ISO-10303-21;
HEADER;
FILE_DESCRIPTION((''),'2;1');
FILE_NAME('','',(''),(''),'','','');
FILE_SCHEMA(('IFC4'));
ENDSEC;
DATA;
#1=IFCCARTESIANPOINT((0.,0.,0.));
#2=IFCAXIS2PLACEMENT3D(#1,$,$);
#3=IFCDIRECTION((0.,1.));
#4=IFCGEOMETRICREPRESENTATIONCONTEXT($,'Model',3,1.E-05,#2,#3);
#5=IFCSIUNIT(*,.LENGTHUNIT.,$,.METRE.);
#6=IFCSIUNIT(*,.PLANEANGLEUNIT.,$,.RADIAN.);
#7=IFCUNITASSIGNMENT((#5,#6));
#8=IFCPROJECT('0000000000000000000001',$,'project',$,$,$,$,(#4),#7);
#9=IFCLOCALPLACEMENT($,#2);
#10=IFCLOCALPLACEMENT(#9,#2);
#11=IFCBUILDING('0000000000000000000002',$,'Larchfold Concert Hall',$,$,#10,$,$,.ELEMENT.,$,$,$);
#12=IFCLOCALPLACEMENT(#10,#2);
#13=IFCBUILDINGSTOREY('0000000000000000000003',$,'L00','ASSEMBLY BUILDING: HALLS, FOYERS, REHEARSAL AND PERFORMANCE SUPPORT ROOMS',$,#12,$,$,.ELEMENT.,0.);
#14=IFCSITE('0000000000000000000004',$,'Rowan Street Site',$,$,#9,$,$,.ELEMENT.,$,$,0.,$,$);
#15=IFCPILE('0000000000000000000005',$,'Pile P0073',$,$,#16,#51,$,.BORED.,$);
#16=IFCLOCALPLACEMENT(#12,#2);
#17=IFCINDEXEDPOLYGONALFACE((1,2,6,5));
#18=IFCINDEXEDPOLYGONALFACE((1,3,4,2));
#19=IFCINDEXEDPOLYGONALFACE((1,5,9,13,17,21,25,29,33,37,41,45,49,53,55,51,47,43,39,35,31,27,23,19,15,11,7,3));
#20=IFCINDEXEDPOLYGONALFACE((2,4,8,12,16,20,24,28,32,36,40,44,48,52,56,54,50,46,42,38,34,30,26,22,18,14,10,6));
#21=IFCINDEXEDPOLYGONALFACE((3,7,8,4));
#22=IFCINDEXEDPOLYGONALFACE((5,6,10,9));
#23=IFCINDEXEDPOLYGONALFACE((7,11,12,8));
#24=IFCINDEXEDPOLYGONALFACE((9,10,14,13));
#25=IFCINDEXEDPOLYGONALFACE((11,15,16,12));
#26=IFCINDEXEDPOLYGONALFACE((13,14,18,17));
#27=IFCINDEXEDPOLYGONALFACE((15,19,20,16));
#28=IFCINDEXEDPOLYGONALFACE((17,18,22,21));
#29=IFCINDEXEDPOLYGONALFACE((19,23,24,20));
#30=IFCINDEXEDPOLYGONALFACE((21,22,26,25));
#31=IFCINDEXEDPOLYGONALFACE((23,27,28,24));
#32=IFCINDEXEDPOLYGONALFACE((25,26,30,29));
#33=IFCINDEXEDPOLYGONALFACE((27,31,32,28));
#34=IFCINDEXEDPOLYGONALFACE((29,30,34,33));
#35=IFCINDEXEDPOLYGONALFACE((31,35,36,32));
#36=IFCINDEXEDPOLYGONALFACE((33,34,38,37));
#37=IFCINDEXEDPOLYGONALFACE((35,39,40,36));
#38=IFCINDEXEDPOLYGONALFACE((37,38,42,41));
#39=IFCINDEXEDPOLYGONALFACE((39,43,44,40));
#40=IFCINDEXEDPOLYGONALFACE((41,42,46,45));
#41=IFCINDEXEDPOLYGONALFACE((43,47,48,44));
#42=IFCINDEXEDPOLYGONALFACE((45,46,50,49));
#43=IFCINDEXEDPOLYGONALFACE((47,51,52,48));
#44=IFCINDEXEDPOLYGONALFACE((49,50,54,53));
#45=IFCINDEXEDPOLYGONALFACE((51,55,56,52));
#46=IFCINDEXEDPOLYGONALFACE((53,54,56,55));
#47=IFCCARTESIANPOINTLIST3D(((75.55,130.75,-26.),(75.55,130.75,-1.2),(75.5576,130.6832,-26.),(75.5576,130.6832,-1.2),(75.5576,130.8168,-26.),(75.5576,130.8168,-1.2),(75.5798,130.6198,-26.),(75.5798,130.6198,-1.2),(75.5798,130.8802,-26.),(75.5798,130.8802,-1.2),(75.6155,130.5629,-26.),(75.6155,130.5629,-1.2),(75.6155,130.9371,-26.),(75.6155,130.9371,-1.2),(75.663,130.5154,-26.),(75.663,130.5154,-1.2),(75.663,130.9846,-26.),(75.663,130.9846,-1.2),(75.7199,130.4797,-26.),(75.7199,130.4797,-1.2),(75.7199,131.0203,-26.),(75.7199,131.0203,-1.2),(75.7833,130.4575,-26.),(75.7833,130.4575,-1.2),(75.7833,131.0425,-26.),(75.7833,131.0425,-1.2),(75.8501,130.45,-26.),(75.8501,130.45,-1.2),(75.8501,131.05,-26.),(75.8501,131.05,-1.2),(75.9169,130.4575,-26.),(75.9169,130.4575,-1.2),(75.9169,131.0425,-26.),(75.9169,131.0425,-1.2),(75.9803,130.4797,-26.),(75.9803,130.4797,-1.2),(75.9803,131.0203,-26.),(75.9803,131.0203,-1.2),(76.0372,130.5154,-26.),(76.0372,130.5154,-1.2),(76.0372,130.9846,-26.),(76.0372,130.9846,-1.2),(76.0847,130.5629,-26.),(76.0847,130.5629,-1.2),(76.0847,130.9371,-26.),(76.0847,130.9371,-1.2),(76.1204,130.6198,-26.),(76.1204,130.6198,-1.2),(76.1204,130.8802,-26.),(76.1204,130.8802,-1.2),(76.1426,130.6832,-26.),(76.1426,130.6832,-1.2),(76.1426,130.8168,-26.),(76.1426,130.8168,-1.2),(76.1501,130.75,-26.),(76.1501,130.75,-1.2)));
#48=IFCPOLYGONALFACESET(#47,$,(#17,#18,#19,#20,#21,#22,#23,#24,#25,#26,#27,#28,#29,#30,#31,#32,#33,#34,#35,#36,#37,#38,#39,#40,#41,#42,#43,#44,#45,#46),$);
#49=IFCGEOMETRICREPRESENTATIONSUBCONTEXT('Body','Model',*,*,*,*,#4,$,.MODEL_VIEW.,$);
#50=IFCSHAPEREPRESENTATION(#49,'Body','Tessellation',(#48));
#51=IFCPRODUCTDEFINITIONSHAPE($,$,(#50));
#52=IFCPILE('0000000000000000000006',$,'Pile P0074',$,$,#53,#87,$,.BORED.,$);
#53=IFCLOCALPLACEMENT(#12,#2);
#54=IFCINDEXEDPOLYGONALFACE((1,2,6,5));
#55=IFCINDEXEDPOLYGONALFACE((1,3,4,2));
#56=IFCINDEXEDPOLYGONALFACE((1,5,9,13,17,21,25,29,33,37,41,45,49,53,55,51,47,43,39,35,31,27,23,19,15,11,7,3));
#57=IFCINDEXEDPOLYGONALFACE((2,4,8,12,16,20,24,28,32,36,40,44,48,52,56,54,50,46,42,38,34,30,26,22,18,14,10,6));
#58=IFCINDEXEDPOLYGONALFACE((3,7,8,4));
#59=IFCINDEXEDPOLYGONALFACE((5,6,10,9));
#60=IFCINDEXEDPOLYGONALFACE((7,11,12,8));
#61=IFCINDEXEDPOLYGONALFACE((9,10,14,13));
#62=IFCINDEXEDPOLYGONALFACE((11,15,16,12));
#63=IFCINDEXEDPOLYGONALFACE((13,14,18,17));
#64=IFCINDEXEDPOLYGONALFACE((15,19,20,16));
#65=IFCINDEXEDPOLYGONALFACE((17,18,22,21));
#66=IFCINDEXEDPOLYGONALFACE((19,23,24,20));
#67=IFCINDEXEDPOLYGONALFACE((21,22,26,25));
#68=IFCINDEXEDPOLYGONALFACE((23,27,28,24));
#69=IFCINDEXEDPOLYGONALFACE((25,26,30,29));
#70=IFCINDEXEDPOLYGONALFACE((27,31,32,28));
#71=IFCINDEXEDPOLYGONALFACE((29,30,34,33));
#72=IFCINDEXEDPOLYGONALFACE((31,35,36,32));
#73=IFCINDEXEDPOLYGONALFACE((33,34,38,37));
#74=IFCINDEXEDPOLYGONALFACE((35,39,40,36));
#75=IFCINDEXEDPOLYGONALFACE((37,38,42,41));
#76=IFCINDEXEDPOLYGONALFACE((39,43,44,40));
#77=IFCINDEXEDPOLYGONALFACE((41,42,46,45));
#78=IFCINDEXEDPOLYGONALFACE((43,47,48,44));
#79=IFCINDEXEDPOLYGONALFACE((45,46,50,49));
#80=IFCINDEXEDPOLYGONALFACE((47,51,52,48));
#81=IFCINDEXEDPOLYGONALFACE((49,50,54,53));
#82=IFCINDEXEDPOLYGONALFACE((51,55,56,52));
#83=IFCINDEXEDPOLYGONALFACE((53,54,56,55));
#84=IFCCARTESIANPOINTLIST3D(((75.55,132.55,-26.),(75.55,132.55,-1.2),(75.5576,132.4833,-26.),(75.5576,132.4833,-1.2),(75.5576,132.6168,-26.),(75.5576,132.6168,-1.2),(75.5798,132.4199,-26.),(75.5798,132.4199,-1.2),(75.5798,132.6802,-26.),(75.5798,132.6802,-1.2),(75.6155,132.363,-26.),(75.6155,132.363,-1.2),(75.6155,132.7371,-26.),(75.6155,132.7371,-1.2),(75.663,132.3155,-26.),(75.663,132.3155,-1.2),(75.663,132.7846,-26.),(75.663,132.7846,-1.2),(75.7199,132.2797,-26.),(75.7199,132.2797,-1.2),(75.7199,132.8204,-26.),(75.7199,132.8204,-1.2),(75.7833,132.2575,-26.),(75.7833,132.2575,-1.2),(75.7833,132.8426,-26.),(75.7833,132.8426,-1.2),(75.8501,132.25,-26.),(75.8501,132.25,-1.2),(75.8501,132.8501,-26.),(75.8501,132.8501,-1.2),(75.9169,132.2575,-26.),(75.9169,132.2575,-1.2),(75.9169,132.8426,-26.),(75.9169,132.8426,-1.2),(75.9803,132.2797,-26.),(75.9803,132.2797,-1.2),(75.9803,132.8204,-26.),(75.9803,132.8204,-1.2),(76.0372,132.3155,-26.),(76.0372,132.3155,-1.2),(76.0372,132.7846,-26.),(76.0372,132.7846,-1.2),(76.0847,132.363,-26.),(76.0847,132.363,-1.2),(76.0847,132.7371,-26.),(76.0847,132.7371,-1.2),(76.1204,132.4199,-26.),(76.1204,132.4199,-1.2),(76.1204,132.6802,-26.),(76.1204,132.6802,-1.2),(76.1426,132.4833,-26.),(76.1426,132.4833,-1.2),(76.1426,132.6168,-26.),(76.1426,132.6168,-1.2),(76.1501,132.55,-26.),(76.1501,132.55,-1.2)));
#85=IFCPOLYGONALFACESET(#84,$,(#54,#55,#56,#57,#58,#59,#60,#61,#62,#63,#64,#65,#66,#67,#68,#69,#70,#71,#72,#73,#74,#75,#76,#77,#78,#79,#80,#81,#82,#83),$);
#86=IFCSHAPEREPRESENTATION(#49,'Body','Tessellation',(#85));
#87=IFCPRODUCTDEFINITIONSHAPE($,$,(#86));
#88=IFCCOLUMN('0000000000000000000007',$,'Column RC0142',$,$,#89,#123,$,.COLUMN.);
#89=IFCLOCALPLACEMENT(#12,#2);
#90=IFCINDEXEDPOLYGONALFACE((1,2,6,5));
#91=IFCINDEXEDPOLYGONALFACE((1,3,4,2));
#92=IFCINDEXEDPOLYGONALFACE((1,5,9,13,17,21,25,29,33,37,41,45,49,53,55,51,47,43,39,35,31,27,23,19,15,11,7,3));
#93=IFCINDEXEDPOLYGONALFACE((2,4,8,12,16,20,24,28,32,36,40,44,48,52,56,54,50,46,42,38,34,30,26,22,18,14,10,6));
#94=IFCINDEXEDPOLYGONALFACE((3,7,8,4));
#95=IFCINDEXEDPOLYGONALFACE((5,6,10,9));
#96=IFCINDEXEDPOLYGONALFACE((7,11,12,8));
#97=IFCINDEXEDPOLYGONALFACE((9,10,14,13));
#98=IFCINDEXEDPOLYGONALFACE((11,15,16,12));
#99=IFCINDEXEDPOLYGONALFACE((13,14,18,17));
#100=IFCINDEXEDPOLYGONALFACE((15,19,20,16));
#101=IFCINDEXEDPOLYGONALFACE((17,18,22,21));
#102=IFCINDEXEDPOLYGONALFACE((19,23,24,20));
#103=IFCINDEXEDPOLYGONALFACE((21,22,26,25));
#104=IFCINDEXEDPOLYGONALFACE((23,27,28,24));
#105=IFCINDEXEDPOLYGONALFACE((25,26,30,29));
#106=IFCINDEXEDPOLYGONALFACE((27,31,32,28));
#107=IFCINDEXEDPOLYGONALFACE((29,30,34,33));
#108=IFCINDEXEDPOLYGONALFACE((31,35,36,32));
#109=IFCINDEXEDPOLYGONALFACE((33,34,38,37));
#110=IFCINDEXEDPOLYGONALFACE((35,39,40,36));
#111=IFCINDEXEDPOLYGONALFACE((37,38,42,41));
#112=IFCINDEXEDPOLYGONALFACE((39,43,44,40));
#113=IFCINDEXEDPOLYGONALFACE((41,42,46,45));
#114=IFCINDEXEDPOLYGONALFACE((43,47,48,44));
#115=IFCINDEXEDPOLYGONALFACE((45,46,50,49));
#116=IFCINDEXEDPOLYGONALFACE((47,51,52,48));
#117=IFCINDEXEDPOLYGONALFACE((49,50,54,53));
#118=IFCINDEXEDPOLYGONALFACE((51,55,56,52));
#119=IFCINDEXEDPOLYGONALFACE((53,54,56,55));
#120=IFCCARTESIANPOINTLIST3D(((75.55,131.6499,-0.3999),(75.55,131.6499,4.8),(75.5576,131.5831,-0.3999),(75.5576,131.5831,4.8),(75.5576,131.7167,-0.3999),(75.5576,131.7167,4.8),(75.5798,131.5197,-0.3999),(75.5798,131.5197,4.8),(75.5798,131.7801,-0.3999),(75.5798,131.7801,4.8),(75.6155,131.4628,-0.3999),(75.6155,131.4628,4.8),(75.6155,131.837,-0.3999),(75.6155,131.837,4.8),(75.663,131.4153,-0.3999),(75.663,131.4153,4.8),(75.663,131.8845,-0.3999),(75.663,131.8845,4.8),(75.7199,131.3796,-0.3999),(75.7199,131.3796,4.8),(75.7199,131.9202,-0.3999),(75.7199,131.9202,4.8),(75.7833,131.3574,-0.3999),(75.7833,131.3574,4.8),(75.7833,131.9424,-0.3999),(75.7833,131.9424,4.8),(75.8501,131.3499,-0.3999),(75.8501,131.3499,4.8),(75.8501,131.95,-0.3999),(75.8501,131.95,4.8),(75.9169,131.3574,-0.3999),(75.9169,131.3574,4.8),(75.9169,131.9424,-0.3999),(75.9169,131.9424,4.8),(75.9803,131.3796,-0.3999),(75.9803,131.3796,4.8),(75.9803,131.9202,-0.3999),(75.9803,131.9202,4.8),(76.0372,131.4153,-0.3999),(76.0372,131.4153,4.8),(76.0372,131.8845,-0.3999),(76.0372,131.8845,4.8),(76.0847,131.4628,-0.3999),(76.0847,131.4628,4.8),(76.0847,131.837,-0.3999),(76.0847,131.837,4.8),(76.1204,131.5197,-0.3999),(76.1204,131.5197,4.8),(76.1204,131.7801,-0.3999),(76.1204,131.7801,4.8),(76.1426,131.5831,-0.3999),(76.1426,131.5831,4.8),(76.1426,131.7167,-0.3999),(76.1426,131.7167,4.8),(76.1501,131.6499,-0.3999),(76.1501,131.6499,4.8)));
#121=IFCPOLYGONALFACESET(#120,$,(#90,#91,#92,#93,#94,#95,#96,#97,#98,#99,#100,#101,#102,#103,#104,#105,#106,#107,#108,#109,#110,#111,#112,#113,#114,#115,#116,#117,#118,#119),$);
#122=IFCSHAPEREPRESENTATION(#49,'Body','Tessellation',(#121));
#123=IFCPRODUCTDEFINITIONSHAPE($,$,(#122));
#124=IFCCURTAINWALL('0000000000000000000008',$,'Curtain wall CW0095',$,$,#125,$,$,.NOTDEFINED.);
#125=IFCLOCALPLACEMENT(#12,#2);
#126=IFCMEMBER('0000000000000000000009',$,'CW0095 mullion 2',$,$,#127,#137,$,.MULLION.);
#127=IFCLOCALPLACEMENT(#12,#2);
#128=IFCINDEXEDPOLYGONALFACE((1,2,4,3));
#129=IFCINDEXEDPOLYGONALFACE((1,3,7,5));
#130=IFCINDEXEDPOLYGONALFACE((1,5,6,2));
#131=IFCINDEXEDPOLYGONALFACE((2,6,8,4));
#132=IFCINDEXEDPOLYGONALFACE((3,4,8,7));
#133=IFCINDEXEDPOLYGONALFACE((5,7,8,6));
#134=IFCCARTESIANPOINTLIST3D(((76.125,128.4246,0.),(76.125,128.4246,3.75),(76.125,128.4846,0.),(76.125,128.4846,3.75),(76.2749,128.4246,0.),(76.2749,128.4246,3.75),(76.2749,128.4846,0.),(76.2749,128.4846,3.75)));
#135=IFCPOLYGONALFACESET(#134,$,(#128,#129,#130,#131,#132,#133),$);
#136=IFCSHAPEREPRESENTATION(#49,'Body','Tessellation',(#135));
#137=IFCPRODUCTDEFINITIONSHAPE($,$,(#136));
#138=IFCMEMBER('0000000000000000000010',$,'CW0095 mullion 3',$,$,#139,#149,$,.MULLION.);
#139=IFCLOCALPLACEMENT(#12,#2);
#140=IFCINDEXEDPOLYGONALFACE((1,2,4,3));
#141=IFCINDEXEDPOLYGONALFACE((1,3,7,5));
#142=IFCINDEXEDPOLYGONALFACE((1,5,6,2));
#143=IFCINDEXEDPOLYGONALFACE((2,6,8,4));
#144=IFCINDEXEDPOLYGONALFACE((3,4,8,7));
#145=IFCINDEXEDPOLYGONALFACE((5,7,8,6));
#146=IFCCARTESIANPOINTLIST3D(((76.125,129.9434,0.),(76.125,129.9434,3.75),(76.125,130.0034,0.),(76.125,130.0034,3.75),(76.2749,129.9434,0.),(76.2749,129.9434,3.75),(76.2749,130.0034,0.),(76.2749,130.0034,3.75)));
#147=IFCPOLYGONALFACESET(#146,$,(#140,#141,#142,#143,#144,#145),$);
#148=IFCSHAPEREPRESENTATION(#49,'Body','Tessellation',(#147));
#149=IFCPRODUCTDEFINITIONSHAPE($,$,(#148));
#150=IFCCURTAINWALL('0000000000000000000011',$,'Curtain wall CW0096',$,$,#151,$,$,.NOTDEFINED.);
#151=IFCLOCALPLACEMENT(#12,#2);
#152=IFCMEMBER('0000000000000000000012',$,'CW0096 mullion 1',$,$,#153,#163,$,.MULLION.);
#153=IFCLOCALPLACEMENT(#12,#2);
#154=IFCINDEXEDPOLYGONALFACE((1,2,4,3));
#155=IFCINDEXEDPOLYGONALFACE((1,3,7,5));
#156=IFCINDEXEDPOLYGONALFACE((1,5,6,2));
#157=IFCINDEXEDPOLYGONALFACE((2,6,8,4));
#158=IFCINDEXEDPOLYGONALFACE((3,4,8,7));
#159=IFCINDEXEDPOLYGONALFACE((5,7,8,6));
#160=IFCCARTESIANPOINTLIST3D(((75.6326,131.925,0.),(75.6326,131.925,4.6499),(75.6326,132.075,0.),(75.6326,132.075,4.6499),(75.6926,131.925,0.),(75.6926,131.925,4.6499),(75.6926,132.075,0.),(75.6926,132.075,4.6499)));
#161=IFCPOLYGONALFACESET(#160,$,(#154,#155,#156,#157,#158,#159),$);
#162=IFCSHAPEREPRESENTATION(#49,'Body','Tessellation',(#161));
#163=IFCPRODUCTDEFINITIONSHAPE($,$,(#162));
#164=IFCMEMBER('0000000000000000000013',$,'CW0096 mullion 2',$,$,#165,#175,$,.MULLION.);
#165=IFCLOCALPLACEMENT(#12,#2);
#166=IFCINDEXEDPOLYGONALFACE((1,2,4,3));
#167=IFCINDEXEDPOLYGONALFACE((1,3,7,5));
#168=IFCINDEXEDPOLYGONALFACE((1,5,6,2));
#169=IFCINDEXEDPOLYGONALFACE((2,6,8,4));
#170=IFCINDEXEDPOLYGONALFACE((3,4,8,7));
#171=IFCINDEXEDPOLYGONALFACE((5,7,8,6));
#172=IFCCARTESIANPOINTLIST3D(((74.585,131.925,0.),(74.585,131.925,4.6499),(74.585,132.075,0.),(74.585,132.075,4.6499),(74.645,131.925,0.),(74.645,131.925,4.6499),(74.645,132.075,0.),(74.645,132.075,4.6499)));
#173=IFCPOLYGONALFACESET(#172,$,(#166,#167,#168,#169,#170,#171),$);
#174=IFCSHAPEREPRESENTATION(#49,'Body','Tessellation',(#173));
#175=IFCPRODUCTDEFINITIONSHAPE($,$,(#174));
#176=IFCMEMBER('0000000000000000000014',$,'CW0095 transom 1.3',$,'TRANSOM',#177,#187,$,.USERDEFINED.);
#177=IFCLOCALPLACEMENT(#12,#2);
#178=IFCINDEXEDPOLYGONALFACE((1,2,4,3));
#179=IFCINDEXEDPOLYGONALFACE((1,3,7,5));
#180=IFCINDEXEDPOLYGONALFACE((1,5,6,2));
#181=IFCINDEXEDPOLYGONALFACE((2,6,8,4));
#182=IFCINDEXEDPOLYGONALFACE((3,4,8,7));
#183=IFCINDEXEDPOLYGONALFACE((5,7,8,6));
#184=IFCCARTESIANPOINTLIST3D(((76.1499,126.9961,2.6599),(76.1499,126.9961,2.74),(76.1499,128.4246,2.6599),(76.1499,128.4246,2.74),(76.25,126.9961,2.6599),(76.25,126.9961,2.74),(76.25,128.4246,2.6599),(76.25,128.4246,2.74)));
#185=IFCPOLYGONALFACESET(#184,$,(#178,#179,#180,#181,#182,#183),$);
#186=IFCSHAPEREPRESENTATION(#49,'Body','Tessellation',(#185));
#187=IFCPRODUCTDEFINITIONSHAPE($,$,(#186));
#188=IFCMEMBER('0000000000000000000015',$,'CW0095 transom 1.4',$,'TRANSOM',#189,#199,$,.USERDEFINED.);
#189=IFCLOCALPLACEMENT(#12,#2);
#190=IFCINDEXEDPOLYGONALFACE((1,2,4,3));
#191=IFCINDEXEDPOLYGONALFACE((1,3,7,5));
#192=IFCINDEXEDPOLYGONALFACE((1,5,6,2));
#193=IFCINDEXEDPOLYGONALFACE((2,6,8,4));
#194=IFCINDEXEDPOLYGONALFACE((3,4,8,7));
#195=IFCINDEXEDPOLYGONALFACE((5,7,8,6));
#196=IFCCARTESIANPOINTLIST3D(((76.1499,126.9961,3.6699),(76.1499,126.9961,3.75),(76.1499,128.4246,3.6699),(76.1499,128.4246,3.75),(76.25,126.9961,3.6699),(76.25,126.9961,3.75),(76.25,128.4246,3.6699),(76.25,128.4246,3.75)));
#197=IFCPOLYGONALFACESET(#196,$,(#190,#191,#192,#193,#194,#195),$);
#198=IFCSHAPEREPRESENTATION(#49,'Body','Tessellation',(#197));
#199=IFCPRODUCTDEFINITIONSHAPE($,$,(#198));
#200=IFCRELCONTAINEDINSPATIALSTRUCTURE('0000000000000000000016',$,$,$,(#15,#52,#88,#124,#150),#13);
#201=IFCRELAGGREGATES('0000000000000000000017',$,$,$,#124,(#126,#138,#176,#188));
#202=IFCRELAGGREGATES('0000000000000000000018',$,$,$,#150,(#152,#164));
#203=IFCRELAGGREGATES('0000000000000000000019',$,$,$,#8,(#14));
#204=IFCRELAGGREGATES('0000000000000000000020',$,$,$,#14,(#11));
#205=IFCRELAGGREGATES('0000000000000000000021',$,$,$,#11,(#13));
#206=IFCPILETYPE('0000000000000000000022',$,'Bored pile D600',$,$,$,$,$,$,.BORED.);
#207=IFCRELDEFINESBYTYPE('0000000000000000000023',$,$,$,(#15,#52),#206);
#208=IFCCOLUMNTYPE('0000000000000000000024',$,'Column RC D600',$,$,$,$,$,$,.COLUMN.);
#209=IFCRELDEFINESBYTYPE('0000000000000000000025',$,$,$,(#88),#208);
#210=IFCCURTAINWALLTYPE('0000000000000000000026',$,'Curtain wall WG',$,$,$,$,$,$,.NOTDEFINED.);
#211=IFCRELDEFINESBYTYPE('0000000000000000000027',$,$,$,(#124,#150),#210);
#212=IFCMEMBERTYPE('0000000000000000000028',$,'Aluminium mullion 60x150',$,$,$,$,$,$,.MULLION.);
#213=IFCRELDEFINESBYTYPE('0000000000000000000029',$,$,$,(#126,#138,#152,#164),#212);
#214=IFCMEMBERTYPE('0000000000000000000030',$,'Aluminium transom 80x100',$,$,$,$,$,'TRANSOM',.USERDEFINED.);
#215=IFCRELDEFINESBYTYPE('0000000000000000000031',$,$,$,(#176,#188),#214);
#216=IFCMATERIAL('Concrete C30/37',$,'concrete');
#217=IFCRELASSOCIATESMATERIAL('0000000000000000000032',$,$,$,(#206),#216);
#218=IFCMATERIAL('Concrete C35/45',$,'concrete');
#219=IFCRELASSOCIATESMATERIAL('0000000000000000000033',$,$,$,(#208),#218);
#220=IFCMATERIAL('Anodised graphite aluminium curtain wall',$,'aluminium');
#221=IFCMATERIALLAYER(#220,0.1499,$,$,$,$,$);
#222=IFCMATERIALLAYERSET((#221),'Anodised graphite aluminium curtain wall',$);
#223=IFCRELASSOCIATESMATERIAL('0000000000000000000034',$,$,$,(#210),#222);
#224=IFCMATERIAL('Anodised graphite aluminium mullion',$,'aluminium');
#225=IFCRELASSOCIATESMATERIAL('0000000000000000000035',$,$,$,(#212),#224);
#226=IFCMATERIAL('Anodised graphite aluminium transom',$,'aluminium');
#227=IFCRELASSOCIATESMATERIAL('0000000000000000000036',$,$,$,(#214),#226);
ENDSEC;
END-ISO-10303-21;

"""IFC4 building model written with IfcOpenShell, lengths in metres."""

from ifc_helpers import new_model, si_unit, direction, frame, origin, origin_2d, place, context, subcontext, project, spatial, rectangle, circle, extrude, material, layer, layer_set, material_profile, profile_set, type_object, element, aggregate, save


model = new_model("IFC4")

# Units and contexts
model_context = context("Model", 3, precision=1e-05, world=origin(), true_north=direction((0.0, 1.0)))
body_context = subcontext(model_context, "Body", "Model", "MODEL_VIEW")
ifc_project = project(units=[si_unit("LENGTHUNIT", "METRE"), si_unit("PLANEANGLEUNIT", "RADIAN")], contexts=[model_context])

# Site, building, storey
site_placement = place(None, origin())
site = spatial("IfcSite", under=ifc_project, at=site_placement, Name="Rowan Street Site", CompositionType="ELEMENT", RefElevation=0.0)
building_placement = place(site_placement, origin())
building = spatial("IfcBuilding", under=site, at=building_placement, Name="Larchfold Concert Hall", CompositionType="ELEMENT")
storey_placement = place(building_placement, origin())
storey = spatial("IfcBuildingStorey", under=building, at=storey_placement, Name="L00", Description="ASSEMBLY BUILDING: HALLS, FOYERS, REHEARSAL AND PERFORMANCE SUPPORT ROOMS", CompositionType="ELEMENT", Elevation=0.0)

# Piles
ifc_material_1 = material(Name="Concrete C30/37", Category="concrete")
ifc_material_profile_1 = material_profile(ifc_material_1, circle(Radius=0.3, at=origin_2d()))
ifc_profile_set_1 = profile_set([ifc_material_profile_1], Name="Concrete C30/37")
pile_type = type_object("IfcPileType", Name="Bored pile D600", PredefinedType="BORED", material=ifc_profile_set_1)
for number, where, z_axis, x_axis, name in (
    (1, (75.8501, 130.75, -1.2), (0.0, 0.0, -1.0), (1.0, 0.0, 0.0), "Pile P0073"),
    (2, (75.8501, 132.55, -1.2), (0.0, 0.0, -1.0), (1.0, 0.0, 0.0), "Pile P0074"),
):
    element("IfcPile", number, at=place(storey_placement, frame(where, z_axis=z_axis, x_axis=x_axis)), inside=storey, type_object=pile_type, Name=name, PredefinedType="BORED", context=body_context, shape_type="SweptSolid", body=[
        extrude(circle(Radius=0.3, at=origin_2d()), origin(), (0.0, 0.0, 1.0), 24.8),
    ])

# Column
ifc_material_2 = material(Name="Concrete C35/45", Category="concrete")
ifc_material_profile_2 = material_profile(ifc_material_2, circle(Radius=0.3, at=origin_2d()))
ifc_profile_set_2 = profile_set([ifc_material_profile_2], Name="Concrete C35/45")
column_type = type_object("IfcColumnType", Name="Column RC D600", PredefinedType="COLUMN", material=ifc_profile_set_2)
column_placement = place(storey_placement, frame((75.8501, 131.6499, -0.3999), z_axis=(0.0, 0.0, 1.0), x_axis=(1.0, 0.0, 0.0)))
element("IfcColumn", 3, at=column_placement, inside=storey, type_object=column_type, Name="Column RC0142", PredefinedType="COLUMN", context=body_context, shape_type="SweptSolid", body=[
    extrude(circle(Radius=0.3, at=origin_2d()), origin(), (0.0, 0.0, 1.0), 5.2),
])

# Curtain walls, members
ifc_material_3 = material(Name="Anodised graphite aluminium curtain wall", Category="aluminium")
ifc_layer_1 = layer(ifc_material_3, 0.1499)
ifc_layer_set_1 = layer_set([ifc_layer_1], Name="Anodised graphite aluminium curtain wall")
curtain_wall_type = type_object("IfcCurtainWallType", Name="Curtain wall WG", PredefinedType="NOTDEFINED", material=ifc_layer_set_1)
curtain_wall_1_placement = place(storey_placement, origin())
curtain_wall_1 = element("IfcCurtainWall", 4, at=curtain_wall_1_placement, inside=storey, type_object=curtain_wall_type, Name="Curtain wall CW0095", PredefinedType="NOTDEFINED")
ifc_material_4 = material(Name="Anodised graphite aluminium mullion", Category="aluminium")
ifc_material_profile_3 = material_profile(ifc_material_4, rectangle(XDim=0.1499, YDim=0.0601, at=origin_2d()))
ifc_profile_set_3 = profile_set([ifc_material_profile_3], Name="Anodised graphite aluminium mullion")
member_type_1 = type_object("IfcMemberType", Name="Aluminium mullion 60x150", PredefinedType="MULLION", material=ifc_profile_set_3)
member_1_placement = place(storey_placement, frame((76.2, 128.4546, 0.0), z_axis=(0.0, 0.0, 1.0), x_axis=(-1.0, 0.0, 0.0)))
member_1 = element("IfcMember", 5, at=member_1_placement, type_object=member_type_1, Name="CW0095 mullion 2", PredefinedType="MULLION", context=body_context, shape_type="SweptSolid", body=[
    extrude(rectangle(XDim=0.1499, YDim=0.0601, at=origin_2d()), origin(), (0.0, 0.0, 1.0), 3.75),
])
member_2_placement = place(storey_placement, frame((76.2, 129.9734, 0.0), z_axis=(0.0, 0.0, 1.0), x_axis=(-1.0, 0.0, 0.0)))
member_2 = element("IfcMember", 6, at=member_2_placement, type_object=member_type_1, Name="CW0095 mullion 3", PredefinedType="MULLION", context=body_context, shape_type="SweptSolid", body=[
    extrude(rectangle(XDim=0.1499, YDim=0.0601, at=origin_2d()), origin(), (0.0, 0.0, 1.0), 3.75),
])
curtain_wall_2_placement = place(storey_placement, origin())
curtain_wall_2 = element("IfcCurtainWall", 7, at=curtain_wall_2_placement, inside=storey, type_object=curtain_wall_type, Name="Curtain wall CW0096", PredefinedType="NOTDEFINED")
member_3_placement = place(storey_placement, frame((75.6626, 132.0, 0.0), z_axis=(0.0, 0.0, 1.0), x_axis=(0.0, -1.0, 0.0)))
member_3 = element("IfcMember", 8, at=member_3_placement, type_object=member_type_1, Name="CW0096 mullion 1", PredefinedType="MULLION", context=body_context, shape_type="SweptSolid", body=[
    extrude(rectangle(XDim=0.1499, YDim=0.0601, at=origin_2d()), origin(), (0.0, 0.0, 1.0), 4.6499),
])
member_4_placement = place(storey_placement, frame((74.615, 132.0, 0.0), z_axis=(0.0, 0.0, 1.0), x_axis=(0.0, -1.0, 0.0)))
member_4 = element("IfcMember", 9, at=member_4_placement, type_object=member_type_1, Name="CW0096 mullion 2", PredefinedType="MULLION", context=body_context, shape_type="SweptSolid", body=[
    extrude(rectangle(XDim=0.1499, YDim=0.0601, at=origin_2d()), origin(), (0.0, 0.0, 1.0), 4.6499),
])

# Members
ifc_material_5 = material(Name="Anodised graphite aluminium transom", Category="aluminium")
ifc_material_profile_4 = material_profile(ifc_material_5, rectangle(XDim=0.1001, YDim=0.0801, at=origin_2d()))
ifc_profile_set_4 = profile_set([ifc_material_profile_4], Name="Anodised graphite aluminium transom")
member_type_2 = type_object("IfcMemberType", Name="Aluminium transom 80x100", ElementType="TRANSOM", PredefinedType="USERDEFINED", material=ifc_profile_set_4)
member_5_placement = place(storey_placement, frame((76.2, 126.9961, 2.7), z_axis=(0.0, 1.0, 0.0), x_axis=(-1.0, 0.0, 0.0)))
member_5 = element("IfcMember", 10, at=member_5_placement, type_object=member_type_2, Name="CW0095 transom 1.3", ObjectType="TRANSOM", PredefinedType="USERDEFINED", context=body_context, shape_type="SweptSolid", body=[
    extrude(rectangle(XDim=0.1001, YDim=0.0801, at=origin_2d()), origin(), (0.0, 0.0, 1.0), 1.4285),
])
member_6_placement = place(storey_placement, frame((76.2, 126.9961, 3.71), z_axis=(0.0, 1.0, 0.0), x_axis=(-1.0, 0.0, 0.0)))
member_6 = element("IfcMember", 11, at=member_6_placement, type_object=member_type_2, Name="CW0095 transom 1.4", ObjectType="TRANSOM", PredefinedType="USERDEFINED", context=body_context, shape_type="SweptSolid", body=[
    extrude(rectangle(XDim=0.1001, YDim=0.0801, at=origin_2d()), origin(), (0.0, 0.0, 1.0), 1.4285),
])

aggregate(curtain_wall_1, [member_1, member_2, member_5, member_6])
aggregate(curtain_wall_2, [member_3, member_4])

save(model, "model.ifc")
